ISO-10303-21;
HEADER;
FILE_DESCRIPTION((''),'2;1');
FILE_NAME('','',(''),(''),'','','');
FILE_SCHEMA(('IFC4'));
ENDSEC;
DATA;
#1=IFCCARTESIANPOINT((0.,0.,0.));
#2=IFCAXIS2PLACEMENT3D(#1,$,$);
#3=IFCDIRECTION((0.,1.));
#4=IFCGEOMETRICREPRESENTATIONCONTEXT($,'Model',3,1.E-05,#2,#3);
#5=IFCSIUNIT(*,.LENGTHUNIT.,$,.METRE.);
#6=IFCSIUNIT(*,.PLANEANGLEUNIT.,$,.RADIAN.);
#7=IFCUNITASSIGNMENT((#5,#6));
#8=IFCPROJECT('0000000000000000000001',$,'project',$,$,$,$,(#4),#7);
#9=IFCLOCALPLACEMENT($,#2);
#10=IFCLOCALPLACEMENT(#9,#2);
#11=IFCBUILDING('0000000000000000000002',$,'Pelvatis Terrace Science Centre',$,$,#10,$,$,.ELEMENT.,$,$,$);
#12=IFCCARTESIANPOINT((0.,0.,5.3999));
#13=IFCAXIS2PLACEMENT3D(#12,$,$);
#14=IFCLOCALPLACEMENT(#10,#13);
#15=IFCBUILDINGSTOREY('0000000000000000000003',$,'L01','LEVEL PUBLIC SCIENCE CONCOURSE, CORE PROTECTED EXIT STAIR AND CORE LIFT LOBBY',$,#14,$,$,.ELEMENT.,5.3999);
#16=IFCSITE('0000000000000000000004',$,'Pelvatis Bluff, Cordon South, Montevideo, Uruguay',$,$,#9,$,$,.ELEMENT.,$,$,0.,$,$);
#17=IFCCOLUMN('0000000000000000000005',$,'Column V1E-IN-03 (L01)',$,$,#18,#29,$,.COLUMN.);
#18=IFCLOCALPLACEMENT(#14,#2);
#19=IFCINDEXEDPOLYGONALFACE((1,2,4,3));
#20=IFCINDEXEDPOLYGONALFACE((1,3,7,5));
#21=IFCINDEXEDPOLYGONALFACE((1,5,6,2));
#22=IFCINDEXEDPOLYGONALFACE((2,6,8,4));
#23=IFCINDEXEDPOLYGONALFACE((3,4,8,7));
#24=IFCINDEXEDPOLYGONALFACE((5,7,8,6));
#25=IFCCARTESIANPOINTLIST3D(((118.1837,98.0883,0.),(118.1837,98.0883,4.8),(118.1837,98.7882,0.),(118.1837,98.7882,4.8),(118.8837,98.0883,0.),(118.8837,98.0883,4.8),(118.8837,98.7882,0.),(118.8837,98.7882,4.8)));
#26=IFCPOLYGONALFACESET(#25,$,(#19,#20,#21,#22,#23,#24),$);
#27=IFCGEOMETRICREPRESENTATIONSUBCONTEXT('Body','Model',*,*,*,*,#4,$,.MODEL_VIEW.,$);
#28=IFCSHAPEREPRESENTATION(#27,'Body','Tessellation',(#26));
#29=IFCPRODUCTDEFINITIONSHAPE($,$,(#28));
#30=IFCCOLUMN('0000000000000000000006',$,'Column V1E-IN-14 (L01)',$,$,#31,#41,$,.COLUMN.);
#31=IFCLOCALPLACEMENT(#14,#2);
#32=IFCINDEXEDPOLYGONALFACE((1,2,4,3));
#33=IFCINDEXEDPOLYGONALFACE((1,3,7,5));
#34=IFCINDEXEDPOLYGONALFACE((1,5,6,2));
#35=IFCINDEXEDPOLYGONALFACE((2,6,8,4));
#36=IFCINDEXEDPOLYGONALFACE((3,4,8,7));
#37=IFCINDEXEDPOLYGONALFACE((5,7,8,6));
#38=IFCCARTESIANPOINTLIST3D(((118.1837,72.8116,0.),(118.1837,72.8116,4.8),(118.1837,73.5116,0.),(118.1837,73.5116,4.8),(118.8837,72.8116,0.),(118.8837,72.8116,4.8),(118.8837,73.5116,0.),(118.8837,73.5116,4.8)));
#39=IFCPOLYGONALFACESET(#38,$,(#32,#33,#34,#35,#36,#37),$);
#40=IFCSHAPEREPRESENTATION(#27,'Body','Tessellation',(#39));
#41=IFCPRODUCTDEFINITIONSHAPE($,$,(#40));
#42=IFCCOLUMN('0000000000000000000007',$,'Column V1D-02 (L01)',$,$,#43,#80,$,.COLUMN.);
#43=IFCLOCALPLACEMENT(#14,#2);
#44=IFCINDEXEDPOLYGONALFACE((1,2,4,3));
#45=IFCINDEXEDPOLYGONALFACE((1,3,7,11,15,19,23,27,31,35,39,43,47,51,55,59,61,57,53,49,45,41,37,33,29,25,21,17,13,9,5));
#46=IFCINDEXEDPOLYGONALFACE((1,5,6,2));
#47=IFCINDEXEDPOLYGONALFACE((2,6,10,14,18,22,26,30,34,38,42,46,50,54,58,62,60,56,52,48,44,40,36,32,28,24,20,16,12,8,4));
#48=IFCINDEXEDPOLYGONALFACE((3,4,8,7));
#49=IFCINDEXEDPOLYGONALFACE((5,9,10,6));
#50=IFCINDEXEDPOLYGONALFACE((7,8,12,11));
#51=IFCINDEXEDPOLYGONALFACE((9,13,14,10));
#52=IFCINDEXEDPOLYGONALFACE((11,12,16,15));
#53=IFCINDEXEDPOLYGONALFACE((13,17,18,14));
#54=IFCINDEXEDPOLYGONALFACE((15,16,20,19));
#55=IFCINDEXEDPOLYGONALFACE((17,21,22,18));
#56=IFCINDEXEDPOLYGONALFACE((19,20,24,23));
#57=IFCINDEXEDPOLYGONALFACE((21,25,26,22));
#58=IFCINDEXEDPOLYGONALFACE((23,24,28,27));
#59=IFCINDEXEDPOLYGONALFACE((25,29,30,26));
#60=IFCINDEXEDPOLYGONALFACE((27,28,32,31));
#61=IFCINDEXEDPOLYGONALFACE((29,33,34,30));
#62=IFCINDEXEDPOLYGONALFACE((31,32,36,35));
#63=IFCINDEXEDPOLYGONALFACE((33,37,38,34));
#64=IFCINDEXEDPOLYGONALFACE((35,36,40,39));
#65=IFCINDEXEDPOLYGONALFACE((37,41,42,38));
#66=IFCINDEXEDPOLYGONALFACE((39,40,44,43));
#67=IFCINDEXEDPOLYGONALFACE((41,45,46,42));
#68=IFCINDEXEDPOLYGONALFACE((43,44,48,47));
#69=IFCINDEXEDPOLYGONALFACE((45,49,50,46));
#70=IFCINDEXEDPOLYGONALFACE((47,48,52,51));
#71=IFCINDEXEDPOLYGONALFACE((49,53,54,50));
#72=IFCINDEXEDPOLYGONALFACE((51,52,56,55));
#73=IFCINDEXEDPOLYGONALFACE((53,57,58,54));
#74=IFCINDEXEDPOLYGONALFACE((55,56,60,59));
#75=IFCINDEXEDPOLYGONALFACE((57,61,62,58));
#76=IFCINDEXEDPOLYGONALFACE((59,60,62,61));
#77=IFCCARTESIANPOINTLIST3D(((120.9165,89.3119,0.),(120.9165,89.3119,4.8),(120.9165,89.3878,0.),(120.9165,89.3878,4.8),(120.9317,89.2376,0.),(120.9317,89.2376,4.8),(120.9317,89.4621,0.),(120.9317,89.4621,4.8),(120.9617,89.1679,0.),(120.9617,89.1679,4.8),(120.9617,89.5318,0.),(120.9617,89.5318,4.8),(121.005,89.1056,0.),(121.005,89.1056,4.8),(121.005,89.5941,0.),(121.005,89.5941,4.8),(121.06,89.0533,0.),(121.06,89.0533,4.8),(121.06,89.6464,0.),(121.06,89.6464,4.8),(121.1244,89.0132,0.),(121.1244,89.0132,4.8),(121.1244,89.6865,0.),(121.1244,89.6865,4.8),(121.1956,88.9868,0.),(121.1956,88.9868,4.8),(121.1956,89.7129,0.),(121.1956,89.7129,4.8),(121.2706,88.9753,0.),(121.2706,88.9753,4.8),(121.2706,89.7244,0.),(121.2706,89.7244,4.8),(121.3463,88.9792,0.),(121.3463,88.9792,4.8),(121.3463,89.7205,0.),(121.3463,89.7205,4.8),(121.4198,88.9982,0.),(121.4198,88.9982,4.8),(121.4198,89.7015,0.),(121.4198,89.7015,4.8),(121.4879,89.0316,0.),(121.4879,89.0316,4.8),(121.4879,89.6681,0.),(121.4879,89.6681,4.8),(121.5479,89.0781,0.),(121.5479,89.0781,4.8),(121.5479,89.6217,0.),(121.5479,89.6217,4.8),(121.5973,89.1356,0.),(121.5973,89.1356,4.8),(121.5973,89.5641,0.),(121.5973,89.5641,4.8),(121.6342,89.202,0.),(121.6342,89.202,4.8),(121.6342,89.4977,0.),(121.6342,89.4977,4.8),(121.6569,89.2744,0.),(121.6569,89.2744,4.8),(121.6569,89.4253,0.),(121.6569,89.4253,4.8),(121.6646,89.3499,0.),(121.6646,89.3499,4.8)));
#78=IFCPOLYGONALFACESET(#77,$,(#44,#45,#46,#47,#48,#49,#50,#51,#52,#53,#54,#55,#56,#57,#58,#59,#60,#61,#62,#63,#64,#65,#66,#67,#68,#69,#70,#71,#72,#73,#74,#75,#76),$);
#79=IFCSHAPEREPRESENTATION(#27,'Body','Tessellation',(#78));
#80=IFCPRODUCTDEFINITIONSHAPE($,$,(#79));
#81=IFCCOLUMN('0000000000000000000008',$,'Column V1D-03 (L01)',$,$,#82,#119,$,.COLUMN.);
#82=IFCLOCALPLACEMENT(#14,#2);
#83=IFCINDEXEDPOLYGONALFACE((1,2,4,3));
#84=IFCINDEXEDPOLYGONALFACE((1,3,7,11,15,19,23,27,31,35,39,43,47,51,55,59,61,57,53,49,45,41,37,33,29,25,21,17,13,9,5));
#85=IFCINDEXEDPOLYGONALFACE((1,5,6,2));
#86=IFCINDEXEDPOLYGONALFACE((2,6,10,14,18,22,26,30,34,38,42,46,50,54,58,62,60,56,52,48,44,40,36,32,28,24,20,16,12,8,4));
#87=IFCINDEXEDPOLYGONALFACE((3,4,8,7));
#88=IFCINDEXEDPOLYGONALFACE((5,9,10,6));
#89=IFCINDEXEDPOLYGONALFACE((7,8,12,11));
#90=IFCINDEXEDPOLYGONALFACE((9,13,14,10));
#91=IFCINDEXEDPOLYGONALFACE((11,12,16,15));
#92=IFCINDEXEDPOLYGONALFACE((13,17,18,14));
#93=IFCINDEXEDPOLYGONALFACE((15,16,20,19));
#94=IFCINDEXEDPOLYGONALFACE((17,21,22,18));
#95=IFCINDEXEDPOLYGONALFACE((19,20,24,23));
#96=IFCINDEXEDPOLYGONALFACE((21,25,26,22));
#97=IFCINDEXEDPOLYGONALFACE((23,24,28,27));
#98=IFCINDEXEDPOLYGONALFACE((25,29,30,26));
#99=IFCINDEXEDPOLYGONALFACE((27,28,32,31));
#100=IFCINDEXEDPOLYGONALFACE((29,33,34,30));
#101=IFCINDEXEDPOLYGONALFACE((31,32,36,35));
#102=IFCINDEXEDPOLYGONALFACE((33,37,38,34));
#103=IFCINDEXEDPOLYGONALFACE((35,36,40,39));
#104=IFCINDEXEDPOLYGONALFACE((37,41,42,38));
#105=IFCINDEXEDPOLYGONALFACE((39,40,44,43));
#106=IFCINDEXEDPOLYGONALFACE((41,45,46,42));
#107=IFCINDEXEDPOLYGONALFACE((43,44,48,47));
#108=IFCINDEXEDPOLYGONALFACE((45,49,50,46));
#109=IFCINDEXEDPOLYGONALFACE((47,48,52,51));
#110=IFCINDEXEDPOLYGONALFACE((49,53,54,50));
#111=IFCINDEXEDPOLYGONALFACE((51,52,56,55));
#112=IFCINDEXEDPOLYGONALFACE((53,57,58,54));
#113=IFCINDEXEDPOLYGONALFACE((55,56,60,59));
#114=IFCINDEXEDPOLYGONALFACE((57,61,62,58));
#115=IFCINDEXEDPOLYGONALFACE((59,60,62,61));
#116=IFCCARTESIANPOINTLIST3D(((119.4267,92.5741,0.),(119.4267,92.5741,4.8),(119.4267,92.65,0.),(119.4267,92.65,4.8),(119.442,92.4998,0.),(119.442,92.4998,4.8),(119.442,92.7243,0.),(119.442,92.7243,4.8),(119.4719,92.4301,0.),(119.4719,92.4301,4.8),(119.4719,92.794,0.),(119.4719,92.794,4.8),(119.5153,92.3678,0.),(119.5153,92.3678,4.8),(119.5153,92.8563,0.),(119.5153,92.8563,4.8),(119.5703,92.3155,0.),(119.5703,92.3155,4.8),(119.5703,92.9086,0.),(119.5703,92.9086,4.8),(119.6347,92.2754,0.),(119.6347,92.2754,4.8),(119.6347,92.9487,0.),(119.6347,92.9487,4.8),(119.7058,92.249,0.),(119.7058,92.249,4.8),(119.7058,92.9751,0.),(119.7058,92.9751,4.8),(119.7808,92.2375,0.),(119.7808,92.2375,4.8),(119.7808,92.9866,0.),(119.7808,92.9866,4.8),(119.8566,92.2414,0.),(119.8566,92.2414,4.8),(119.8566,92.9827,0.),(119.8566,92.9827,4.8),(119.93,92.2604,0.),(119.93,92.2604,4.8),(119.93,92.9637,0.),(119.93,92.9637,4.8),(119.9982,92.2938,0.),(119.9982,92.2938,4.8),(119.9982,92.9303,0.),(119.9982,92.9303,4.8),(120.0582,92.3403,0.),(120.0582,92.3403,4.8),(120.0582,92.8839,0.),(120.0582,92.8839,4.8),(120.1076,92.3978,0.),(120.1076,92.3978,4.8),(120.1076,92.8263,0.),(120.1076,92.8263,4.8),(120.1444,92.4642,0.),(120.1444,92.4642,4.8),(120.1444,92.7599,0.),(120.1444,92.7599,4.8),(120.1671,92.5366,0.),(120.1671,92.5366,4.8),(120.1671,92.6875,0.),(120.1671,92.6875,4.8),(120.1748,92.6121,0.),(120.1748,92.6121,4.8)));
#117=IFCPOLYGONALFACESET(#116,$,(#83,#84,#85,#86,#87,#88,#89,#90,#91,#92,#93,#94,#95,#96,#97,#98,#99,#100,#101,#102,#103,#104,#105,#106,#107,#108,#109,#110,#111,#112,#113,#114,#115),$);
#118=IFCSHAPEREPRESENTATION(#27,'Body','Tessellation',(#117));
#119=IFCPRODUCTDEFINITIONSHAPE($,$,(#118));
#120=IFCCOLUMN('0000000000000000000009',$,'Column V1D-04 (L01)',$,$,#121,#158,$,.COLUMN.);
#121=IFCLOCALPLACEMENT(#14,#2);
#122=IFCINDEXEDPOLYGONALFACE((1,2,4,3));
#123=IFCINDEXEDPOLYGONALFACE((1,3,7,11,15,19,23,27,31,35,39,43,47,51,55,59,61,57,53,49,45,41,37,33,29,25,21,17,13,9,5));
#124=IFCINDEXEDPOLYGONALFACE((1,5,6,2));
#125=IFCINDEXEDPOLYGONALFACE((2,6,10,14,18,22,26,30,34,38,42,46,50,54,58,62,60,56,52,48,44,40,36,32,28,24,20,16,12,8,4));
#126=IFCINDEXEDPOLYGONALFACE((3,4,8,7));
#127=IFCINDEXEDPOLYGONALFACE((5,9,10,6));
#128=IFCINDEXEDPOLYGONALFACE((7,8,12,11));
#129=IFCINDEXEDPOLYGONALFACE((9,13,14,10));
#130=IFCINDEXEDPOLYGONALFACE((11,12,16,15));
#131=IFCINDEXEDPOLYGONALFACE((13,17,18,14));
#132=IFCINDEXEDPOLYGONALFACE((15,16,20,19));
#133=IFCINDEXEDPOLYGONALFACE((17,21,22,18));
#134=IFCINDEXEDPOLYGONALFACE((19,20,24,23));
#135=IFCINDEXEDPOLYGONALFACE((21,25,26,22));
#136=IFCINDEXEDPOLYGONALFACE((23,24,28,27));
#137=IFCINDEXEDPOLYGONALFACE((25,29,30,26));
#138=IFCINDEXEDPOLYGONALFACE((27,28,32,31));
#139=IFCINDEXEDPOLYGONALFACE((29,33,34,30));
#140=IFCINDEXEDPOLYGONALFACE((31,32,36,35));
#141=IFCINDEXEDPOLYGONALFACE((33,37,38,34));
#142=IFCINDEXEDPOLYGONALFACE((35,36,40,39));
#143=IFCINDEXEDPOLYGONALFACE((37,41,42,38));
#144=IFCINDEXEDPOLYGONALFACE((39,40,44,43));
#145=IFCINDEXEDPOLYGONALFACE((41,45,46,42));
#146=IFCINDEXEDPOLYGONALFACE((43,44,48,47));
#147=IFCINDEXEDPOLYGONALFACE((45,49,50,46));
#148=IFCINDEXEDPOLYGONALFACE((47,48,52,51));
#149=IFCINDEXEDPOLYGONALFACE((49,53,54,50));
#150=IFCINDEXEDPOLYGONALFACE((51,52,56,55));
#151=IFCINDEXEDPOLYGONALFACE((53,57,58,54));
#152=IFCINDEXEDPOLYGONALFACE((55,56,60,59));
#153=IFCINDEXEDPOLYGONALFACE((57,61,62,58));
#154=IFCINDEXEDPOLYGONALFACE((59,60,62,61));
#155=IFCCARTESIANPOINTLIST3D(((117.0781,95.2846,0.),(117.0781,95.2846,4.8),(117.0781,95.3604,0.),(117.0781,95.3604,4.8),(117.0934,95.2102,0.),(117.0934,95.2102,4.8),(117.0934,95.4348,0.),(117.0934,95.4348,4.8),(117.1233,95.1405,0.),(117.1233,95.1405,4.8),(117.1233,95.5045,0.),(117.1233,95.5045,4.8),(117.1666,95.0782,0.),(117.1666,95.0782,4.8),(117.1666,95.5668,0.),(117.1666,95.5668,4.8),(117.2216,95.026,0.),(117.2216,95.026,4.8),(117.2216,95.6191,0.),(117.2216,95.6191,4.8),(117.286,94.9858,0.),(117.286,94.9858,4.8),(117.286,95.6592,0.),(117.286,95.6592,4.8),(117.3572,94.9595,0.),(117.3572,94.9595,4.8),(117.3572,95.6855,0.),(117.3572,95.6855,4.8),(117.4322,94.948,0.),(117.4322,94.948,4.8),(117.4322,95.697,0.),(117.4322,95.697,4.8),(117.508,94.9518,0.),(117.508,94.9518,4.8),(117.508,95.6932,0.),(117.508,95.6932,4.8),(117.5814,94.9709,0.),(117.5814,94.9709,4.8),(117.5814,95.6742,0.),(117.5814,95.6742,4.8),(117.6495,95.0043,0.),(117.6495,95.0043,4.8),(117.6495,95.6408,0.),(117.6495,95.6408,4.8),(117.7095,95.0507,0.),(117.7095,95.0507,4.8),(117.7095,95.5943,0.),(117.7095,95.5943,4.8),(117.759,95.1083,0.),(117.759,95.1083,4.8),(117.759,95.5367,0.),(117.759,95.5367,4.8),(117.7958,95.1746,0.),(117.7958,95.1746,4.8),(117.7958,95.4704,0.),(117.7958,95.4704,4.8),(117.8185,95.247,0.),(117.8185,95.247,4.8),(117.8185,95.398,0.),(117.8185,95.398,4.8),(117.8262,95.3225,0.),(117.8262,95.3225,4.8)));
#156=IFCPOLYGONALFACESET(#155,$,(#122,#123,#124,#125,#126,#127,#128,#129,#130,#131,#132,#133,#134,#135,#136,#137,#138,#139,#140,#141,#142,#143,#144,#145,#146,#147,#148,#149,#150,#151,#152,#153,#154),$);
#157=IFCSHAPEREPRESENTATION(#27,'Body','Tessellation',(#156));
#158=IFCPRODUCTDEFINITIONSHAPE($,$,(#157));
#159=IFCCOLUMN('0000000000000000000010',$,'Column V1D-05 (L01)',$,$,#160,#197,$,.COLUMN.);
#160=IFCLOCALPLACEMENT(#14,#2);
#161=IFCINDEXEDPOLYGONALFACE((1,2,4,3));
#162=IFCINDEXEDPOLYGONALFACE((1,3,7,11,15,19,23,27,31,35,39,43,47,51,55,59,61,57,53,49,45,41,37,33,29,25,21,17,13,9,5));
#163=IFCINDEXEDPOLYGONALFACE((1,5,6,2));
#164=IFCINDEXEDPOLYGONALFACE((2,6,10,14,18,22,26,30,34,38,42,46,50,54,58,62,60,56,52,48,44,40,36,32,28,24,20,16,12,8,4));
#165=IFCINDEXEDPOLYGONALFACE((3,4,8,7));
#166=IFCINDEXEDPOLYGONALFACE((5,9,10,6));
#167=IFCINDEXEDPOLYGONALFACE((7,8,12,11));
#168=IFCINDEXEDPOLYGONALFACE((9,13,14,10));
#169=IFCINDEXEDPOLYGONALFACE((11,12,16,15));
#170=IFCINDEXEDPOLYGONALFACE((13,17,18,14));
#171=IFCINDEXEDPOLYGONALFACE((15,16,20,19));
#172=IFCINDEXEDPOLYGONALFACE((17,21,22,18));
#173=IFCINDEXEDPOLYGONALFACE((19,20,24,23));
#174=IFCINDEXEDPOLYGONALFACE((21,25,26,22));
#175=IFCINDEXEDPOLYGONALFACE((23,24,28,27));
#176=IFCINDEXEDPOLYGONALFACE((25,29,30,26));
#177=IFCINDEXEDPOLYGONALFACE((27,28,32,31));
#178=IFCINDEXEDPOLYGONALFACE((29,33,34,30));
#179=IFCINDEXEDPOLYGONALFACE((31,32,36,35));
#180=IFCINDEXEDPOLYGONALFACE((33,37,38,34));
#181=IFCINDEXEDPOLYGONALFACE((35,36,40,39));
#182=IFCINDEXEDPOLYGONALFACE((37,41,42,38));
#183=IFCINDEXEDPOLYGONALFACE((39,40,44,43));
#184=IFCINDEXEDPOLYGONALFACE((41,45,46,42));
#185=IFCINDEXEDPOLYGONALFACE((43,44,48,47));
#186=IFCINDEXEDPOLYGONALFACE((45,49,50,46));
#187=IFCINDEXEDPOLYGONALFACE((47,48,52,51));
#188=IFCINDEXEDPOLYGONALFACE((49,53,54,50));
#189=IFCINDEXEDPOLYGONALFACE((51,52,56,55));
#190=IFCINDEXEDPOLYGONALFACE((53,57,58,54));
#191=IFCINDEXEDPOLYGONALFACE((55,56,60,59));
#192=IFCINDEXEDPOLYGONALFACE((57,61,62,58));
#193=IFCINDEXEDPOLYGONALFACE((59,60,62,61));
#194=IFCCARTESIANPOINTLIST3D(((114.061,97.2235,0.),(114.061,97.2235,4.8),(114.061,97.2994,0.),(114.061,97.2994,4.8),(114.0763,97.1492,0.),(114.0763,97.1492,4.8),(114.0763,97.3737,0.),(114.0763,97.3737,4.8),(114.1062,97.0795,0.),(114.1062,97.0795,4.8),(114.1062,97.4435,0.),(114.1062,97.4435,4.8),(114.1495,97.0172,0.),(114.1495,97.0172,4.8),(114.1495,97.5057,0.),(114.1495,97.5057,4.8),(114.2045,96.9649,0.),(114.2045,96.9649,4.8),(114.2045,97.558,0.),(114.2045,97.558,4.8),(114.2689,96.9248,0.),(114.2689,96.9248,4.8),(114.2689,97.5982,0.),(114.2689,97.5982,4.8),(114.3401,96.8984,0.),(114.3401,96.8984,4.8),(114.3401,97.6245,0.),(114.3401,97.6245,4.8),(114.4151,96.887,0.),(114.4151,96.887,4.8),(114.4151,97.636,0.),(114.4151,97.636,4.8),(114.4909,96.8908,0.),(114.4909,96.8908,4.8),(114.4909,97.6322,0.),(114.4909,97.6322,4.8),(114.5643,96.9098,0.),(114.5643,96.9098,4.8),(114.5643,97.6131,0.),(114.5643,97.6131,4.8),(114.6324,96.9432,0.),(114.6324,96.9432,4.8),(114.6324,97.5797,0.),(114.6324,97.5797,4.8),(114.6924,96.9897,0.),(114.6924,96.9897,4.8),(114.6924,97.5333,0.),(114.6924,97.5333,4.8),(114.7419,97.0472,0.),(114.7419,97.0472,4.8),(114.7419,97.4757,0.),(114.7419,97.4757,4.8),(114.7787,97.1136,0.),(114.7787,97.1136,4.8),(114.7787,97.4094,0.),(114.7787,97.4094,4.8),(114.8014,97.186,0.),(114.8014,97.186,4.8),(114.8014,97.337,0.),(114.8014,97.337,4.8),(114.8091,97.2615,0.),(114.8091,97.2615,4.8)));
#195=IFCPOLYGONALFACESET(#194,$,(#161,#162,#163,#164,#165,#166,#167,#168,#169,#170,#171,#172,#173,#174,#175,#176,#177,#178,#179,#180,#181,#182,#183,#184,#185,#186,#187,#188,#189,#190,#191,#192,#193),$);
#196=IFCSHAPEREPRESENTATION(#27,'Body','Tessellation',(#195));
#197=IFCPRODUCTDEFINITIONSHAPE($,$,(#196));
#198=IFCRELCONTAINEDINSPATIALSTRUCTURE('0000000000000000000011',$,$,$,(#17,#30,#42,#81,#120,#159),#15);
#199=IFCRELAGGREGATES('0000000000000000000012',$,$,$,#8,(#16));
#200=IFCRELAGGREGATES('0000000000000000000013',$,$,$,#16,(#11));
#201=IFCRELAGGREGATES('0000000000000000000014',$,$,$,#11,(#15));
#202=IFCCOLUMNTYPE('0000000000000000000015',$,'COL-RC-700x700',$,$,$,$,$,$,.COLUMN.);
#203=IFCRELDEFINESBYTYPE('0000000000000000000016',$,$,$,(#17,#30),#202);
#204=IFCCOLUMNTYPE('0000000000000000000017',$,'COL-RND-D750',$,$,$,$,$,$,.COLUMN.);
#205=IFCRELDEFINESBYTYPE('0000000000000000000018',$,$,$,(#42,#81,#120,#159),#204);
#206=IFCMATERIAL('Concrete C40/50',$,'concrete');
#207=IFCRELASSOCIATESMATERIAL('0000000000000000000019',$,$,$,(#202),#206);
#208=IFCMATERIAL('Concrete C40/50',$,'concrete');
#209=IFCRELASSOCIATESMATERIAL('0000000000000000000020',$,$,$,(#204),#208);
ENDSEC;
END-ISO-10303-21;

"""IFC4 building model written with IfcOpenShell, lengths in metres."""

from ifc_helpers import new_model, si_unit, direction, frame, origin, origin_2d, place, context, subcontext, project, spatial, rectangle, circle, extrude, material, material_profile, profile_set, type_object, element, save


model = new_model("IFC4")

# Units and contexts
model_context = context("Model", 3, precision=1e-05, world=origin(), true_north=direction((0.0, 1.0)))
body_context = subcontext(model_context, "Body", "Model", "MODEL_VIEW")
ifc_project = project(units=[si_unit("LENGTHUNIT", "METRE"), si_unit("PLANEANGLEUNIT", "RADIAN")], contexts=[model_context])

# Site, building, storey
site_placement = place(None, origin())
site = spatial("IfcSite", under=ifc_project, at=site_placement, Name="Pelvatis Bluff, Cordon South, Montevideo, Uruguay", CompositionType="ELEMENT", RefElevation=0.0)
building_placement = place(site_placement, origin())
building = spatial("IfcBuilding", under=site, at=building_placement, Name="Pelvatis Terrace Science Centre", CompositionType="ELEMENT")
storey_placement = place(building_placement, frame((0.0, 0.0, 5.3999)))
storey = spatial("IfcBuildingStorey", under=building, at=storey_placement, Name="L01", Description="LEVEL PUBLIC SCIENCE CONCOURSE, CORE PROTECTED EXIT STAIR AND CORE LIFT LOBBY", CompositionType="ELEMENT", Elevation=5.3999)

# Columns
ifc_material_1 = material(Name="Concrete C40/50", Category="concrete")
ifc_material_profile_1 = material_profile(ifc_material_1, rectangle(XDim=0.7, YDim=0.7, at=origin_2d()), Name="RC-COL 700x700")
ifc_profile_set_1 = profile_set([ifc_material_profile_1], Name="Concrete C40/50")
column_type_1 = type_object("IfcColumnType", Name="COL-RC-700x700", PredefinedType="COLUMN", material=ifc_profile_set_1)
for number, where, z_axis, x_axis, name in (
    (1, (118.5337, 98.4382, 0.0), (0.0, 0.0, 1.0), (1.0, 0.0, 0.0), "Column V1E-IN-03 (L01)"),
    (2, (118.5337, 73.1616, 0.0), (0.0, 0.0, 1.0), (1.0, 0.0, 0.0), "Column V1E-IN-14 (L01)"),
):
    element("IfcColumn", number, at=place(storey_placement, frame(where, z_axis=z_axis, x_axis=x_axis)), inside=storey, type_object=column_type_1, Name=name, PredefinedType="COLUMN", context=body_context, shape_type="SweptSolid", body=[
        extrude(rectangle(XDim=0.7, YDim=0.7, at=origin_2d()), origin(), (0.0, 0.0, 1.0), 4.8),
    ])
ifc_material_2 = material(Name="Concrete C40/50", Category="concrete")
ifc_material_profile_2 = material_profile(ifc_material_2, circle(Radius=0.375, at=origin_2d()), Name="RC-RCOL D750")
ifc_profile_set_2 = profile_set([ifc_material_profile_2], Name="Concrete C40/50")
column_type_2 = type_object("IfcColumnType", Name="COL-RND-D750", PredefinedType="COLUMN", material=ifc_profile_set_2)
for number, where, z_axis, x_axis, name in (
    (3, (121.2896, 89.3499, 0.0), (0.0, 0.0, 1.0), (1.0, 0.0, 0.0), "Column V1D-02 (L01)"),
    (4, (119.7998, 92.6121, 0.0), (0.0, 0.0, 1.0), (1.0, 0.0, 0.0), "Column V1D-03 (L01)"),
    (5, (117.4512, 95.3225, 0.0), (0.0, 0.0, 1.0), (1.0, 0.0, 0.0), "Column V1D-04 (L01)"),
    (6, (114.4341, 97.2615, 0.0), (0.0, 0.0, 1.0), (1.0, 0.0, 0.0), "Column V1D-05 (L01)"),
):
    element("IfcColumn", number, at=place(storey_placement, frame(where, z_axis=z_axis, x_axis=x_axis)), inside=storey, type_object=column_type_2, Name=name, PredefinedType="COLUMN", context=body_context, shape_type="SweptSolid", body=[
        extrude(circle(Radius=0.375, at=origin_2d()), origin(), (0.0, 0.0, 1.0), 4.8),
    ])

save(model, "model.ifc")
